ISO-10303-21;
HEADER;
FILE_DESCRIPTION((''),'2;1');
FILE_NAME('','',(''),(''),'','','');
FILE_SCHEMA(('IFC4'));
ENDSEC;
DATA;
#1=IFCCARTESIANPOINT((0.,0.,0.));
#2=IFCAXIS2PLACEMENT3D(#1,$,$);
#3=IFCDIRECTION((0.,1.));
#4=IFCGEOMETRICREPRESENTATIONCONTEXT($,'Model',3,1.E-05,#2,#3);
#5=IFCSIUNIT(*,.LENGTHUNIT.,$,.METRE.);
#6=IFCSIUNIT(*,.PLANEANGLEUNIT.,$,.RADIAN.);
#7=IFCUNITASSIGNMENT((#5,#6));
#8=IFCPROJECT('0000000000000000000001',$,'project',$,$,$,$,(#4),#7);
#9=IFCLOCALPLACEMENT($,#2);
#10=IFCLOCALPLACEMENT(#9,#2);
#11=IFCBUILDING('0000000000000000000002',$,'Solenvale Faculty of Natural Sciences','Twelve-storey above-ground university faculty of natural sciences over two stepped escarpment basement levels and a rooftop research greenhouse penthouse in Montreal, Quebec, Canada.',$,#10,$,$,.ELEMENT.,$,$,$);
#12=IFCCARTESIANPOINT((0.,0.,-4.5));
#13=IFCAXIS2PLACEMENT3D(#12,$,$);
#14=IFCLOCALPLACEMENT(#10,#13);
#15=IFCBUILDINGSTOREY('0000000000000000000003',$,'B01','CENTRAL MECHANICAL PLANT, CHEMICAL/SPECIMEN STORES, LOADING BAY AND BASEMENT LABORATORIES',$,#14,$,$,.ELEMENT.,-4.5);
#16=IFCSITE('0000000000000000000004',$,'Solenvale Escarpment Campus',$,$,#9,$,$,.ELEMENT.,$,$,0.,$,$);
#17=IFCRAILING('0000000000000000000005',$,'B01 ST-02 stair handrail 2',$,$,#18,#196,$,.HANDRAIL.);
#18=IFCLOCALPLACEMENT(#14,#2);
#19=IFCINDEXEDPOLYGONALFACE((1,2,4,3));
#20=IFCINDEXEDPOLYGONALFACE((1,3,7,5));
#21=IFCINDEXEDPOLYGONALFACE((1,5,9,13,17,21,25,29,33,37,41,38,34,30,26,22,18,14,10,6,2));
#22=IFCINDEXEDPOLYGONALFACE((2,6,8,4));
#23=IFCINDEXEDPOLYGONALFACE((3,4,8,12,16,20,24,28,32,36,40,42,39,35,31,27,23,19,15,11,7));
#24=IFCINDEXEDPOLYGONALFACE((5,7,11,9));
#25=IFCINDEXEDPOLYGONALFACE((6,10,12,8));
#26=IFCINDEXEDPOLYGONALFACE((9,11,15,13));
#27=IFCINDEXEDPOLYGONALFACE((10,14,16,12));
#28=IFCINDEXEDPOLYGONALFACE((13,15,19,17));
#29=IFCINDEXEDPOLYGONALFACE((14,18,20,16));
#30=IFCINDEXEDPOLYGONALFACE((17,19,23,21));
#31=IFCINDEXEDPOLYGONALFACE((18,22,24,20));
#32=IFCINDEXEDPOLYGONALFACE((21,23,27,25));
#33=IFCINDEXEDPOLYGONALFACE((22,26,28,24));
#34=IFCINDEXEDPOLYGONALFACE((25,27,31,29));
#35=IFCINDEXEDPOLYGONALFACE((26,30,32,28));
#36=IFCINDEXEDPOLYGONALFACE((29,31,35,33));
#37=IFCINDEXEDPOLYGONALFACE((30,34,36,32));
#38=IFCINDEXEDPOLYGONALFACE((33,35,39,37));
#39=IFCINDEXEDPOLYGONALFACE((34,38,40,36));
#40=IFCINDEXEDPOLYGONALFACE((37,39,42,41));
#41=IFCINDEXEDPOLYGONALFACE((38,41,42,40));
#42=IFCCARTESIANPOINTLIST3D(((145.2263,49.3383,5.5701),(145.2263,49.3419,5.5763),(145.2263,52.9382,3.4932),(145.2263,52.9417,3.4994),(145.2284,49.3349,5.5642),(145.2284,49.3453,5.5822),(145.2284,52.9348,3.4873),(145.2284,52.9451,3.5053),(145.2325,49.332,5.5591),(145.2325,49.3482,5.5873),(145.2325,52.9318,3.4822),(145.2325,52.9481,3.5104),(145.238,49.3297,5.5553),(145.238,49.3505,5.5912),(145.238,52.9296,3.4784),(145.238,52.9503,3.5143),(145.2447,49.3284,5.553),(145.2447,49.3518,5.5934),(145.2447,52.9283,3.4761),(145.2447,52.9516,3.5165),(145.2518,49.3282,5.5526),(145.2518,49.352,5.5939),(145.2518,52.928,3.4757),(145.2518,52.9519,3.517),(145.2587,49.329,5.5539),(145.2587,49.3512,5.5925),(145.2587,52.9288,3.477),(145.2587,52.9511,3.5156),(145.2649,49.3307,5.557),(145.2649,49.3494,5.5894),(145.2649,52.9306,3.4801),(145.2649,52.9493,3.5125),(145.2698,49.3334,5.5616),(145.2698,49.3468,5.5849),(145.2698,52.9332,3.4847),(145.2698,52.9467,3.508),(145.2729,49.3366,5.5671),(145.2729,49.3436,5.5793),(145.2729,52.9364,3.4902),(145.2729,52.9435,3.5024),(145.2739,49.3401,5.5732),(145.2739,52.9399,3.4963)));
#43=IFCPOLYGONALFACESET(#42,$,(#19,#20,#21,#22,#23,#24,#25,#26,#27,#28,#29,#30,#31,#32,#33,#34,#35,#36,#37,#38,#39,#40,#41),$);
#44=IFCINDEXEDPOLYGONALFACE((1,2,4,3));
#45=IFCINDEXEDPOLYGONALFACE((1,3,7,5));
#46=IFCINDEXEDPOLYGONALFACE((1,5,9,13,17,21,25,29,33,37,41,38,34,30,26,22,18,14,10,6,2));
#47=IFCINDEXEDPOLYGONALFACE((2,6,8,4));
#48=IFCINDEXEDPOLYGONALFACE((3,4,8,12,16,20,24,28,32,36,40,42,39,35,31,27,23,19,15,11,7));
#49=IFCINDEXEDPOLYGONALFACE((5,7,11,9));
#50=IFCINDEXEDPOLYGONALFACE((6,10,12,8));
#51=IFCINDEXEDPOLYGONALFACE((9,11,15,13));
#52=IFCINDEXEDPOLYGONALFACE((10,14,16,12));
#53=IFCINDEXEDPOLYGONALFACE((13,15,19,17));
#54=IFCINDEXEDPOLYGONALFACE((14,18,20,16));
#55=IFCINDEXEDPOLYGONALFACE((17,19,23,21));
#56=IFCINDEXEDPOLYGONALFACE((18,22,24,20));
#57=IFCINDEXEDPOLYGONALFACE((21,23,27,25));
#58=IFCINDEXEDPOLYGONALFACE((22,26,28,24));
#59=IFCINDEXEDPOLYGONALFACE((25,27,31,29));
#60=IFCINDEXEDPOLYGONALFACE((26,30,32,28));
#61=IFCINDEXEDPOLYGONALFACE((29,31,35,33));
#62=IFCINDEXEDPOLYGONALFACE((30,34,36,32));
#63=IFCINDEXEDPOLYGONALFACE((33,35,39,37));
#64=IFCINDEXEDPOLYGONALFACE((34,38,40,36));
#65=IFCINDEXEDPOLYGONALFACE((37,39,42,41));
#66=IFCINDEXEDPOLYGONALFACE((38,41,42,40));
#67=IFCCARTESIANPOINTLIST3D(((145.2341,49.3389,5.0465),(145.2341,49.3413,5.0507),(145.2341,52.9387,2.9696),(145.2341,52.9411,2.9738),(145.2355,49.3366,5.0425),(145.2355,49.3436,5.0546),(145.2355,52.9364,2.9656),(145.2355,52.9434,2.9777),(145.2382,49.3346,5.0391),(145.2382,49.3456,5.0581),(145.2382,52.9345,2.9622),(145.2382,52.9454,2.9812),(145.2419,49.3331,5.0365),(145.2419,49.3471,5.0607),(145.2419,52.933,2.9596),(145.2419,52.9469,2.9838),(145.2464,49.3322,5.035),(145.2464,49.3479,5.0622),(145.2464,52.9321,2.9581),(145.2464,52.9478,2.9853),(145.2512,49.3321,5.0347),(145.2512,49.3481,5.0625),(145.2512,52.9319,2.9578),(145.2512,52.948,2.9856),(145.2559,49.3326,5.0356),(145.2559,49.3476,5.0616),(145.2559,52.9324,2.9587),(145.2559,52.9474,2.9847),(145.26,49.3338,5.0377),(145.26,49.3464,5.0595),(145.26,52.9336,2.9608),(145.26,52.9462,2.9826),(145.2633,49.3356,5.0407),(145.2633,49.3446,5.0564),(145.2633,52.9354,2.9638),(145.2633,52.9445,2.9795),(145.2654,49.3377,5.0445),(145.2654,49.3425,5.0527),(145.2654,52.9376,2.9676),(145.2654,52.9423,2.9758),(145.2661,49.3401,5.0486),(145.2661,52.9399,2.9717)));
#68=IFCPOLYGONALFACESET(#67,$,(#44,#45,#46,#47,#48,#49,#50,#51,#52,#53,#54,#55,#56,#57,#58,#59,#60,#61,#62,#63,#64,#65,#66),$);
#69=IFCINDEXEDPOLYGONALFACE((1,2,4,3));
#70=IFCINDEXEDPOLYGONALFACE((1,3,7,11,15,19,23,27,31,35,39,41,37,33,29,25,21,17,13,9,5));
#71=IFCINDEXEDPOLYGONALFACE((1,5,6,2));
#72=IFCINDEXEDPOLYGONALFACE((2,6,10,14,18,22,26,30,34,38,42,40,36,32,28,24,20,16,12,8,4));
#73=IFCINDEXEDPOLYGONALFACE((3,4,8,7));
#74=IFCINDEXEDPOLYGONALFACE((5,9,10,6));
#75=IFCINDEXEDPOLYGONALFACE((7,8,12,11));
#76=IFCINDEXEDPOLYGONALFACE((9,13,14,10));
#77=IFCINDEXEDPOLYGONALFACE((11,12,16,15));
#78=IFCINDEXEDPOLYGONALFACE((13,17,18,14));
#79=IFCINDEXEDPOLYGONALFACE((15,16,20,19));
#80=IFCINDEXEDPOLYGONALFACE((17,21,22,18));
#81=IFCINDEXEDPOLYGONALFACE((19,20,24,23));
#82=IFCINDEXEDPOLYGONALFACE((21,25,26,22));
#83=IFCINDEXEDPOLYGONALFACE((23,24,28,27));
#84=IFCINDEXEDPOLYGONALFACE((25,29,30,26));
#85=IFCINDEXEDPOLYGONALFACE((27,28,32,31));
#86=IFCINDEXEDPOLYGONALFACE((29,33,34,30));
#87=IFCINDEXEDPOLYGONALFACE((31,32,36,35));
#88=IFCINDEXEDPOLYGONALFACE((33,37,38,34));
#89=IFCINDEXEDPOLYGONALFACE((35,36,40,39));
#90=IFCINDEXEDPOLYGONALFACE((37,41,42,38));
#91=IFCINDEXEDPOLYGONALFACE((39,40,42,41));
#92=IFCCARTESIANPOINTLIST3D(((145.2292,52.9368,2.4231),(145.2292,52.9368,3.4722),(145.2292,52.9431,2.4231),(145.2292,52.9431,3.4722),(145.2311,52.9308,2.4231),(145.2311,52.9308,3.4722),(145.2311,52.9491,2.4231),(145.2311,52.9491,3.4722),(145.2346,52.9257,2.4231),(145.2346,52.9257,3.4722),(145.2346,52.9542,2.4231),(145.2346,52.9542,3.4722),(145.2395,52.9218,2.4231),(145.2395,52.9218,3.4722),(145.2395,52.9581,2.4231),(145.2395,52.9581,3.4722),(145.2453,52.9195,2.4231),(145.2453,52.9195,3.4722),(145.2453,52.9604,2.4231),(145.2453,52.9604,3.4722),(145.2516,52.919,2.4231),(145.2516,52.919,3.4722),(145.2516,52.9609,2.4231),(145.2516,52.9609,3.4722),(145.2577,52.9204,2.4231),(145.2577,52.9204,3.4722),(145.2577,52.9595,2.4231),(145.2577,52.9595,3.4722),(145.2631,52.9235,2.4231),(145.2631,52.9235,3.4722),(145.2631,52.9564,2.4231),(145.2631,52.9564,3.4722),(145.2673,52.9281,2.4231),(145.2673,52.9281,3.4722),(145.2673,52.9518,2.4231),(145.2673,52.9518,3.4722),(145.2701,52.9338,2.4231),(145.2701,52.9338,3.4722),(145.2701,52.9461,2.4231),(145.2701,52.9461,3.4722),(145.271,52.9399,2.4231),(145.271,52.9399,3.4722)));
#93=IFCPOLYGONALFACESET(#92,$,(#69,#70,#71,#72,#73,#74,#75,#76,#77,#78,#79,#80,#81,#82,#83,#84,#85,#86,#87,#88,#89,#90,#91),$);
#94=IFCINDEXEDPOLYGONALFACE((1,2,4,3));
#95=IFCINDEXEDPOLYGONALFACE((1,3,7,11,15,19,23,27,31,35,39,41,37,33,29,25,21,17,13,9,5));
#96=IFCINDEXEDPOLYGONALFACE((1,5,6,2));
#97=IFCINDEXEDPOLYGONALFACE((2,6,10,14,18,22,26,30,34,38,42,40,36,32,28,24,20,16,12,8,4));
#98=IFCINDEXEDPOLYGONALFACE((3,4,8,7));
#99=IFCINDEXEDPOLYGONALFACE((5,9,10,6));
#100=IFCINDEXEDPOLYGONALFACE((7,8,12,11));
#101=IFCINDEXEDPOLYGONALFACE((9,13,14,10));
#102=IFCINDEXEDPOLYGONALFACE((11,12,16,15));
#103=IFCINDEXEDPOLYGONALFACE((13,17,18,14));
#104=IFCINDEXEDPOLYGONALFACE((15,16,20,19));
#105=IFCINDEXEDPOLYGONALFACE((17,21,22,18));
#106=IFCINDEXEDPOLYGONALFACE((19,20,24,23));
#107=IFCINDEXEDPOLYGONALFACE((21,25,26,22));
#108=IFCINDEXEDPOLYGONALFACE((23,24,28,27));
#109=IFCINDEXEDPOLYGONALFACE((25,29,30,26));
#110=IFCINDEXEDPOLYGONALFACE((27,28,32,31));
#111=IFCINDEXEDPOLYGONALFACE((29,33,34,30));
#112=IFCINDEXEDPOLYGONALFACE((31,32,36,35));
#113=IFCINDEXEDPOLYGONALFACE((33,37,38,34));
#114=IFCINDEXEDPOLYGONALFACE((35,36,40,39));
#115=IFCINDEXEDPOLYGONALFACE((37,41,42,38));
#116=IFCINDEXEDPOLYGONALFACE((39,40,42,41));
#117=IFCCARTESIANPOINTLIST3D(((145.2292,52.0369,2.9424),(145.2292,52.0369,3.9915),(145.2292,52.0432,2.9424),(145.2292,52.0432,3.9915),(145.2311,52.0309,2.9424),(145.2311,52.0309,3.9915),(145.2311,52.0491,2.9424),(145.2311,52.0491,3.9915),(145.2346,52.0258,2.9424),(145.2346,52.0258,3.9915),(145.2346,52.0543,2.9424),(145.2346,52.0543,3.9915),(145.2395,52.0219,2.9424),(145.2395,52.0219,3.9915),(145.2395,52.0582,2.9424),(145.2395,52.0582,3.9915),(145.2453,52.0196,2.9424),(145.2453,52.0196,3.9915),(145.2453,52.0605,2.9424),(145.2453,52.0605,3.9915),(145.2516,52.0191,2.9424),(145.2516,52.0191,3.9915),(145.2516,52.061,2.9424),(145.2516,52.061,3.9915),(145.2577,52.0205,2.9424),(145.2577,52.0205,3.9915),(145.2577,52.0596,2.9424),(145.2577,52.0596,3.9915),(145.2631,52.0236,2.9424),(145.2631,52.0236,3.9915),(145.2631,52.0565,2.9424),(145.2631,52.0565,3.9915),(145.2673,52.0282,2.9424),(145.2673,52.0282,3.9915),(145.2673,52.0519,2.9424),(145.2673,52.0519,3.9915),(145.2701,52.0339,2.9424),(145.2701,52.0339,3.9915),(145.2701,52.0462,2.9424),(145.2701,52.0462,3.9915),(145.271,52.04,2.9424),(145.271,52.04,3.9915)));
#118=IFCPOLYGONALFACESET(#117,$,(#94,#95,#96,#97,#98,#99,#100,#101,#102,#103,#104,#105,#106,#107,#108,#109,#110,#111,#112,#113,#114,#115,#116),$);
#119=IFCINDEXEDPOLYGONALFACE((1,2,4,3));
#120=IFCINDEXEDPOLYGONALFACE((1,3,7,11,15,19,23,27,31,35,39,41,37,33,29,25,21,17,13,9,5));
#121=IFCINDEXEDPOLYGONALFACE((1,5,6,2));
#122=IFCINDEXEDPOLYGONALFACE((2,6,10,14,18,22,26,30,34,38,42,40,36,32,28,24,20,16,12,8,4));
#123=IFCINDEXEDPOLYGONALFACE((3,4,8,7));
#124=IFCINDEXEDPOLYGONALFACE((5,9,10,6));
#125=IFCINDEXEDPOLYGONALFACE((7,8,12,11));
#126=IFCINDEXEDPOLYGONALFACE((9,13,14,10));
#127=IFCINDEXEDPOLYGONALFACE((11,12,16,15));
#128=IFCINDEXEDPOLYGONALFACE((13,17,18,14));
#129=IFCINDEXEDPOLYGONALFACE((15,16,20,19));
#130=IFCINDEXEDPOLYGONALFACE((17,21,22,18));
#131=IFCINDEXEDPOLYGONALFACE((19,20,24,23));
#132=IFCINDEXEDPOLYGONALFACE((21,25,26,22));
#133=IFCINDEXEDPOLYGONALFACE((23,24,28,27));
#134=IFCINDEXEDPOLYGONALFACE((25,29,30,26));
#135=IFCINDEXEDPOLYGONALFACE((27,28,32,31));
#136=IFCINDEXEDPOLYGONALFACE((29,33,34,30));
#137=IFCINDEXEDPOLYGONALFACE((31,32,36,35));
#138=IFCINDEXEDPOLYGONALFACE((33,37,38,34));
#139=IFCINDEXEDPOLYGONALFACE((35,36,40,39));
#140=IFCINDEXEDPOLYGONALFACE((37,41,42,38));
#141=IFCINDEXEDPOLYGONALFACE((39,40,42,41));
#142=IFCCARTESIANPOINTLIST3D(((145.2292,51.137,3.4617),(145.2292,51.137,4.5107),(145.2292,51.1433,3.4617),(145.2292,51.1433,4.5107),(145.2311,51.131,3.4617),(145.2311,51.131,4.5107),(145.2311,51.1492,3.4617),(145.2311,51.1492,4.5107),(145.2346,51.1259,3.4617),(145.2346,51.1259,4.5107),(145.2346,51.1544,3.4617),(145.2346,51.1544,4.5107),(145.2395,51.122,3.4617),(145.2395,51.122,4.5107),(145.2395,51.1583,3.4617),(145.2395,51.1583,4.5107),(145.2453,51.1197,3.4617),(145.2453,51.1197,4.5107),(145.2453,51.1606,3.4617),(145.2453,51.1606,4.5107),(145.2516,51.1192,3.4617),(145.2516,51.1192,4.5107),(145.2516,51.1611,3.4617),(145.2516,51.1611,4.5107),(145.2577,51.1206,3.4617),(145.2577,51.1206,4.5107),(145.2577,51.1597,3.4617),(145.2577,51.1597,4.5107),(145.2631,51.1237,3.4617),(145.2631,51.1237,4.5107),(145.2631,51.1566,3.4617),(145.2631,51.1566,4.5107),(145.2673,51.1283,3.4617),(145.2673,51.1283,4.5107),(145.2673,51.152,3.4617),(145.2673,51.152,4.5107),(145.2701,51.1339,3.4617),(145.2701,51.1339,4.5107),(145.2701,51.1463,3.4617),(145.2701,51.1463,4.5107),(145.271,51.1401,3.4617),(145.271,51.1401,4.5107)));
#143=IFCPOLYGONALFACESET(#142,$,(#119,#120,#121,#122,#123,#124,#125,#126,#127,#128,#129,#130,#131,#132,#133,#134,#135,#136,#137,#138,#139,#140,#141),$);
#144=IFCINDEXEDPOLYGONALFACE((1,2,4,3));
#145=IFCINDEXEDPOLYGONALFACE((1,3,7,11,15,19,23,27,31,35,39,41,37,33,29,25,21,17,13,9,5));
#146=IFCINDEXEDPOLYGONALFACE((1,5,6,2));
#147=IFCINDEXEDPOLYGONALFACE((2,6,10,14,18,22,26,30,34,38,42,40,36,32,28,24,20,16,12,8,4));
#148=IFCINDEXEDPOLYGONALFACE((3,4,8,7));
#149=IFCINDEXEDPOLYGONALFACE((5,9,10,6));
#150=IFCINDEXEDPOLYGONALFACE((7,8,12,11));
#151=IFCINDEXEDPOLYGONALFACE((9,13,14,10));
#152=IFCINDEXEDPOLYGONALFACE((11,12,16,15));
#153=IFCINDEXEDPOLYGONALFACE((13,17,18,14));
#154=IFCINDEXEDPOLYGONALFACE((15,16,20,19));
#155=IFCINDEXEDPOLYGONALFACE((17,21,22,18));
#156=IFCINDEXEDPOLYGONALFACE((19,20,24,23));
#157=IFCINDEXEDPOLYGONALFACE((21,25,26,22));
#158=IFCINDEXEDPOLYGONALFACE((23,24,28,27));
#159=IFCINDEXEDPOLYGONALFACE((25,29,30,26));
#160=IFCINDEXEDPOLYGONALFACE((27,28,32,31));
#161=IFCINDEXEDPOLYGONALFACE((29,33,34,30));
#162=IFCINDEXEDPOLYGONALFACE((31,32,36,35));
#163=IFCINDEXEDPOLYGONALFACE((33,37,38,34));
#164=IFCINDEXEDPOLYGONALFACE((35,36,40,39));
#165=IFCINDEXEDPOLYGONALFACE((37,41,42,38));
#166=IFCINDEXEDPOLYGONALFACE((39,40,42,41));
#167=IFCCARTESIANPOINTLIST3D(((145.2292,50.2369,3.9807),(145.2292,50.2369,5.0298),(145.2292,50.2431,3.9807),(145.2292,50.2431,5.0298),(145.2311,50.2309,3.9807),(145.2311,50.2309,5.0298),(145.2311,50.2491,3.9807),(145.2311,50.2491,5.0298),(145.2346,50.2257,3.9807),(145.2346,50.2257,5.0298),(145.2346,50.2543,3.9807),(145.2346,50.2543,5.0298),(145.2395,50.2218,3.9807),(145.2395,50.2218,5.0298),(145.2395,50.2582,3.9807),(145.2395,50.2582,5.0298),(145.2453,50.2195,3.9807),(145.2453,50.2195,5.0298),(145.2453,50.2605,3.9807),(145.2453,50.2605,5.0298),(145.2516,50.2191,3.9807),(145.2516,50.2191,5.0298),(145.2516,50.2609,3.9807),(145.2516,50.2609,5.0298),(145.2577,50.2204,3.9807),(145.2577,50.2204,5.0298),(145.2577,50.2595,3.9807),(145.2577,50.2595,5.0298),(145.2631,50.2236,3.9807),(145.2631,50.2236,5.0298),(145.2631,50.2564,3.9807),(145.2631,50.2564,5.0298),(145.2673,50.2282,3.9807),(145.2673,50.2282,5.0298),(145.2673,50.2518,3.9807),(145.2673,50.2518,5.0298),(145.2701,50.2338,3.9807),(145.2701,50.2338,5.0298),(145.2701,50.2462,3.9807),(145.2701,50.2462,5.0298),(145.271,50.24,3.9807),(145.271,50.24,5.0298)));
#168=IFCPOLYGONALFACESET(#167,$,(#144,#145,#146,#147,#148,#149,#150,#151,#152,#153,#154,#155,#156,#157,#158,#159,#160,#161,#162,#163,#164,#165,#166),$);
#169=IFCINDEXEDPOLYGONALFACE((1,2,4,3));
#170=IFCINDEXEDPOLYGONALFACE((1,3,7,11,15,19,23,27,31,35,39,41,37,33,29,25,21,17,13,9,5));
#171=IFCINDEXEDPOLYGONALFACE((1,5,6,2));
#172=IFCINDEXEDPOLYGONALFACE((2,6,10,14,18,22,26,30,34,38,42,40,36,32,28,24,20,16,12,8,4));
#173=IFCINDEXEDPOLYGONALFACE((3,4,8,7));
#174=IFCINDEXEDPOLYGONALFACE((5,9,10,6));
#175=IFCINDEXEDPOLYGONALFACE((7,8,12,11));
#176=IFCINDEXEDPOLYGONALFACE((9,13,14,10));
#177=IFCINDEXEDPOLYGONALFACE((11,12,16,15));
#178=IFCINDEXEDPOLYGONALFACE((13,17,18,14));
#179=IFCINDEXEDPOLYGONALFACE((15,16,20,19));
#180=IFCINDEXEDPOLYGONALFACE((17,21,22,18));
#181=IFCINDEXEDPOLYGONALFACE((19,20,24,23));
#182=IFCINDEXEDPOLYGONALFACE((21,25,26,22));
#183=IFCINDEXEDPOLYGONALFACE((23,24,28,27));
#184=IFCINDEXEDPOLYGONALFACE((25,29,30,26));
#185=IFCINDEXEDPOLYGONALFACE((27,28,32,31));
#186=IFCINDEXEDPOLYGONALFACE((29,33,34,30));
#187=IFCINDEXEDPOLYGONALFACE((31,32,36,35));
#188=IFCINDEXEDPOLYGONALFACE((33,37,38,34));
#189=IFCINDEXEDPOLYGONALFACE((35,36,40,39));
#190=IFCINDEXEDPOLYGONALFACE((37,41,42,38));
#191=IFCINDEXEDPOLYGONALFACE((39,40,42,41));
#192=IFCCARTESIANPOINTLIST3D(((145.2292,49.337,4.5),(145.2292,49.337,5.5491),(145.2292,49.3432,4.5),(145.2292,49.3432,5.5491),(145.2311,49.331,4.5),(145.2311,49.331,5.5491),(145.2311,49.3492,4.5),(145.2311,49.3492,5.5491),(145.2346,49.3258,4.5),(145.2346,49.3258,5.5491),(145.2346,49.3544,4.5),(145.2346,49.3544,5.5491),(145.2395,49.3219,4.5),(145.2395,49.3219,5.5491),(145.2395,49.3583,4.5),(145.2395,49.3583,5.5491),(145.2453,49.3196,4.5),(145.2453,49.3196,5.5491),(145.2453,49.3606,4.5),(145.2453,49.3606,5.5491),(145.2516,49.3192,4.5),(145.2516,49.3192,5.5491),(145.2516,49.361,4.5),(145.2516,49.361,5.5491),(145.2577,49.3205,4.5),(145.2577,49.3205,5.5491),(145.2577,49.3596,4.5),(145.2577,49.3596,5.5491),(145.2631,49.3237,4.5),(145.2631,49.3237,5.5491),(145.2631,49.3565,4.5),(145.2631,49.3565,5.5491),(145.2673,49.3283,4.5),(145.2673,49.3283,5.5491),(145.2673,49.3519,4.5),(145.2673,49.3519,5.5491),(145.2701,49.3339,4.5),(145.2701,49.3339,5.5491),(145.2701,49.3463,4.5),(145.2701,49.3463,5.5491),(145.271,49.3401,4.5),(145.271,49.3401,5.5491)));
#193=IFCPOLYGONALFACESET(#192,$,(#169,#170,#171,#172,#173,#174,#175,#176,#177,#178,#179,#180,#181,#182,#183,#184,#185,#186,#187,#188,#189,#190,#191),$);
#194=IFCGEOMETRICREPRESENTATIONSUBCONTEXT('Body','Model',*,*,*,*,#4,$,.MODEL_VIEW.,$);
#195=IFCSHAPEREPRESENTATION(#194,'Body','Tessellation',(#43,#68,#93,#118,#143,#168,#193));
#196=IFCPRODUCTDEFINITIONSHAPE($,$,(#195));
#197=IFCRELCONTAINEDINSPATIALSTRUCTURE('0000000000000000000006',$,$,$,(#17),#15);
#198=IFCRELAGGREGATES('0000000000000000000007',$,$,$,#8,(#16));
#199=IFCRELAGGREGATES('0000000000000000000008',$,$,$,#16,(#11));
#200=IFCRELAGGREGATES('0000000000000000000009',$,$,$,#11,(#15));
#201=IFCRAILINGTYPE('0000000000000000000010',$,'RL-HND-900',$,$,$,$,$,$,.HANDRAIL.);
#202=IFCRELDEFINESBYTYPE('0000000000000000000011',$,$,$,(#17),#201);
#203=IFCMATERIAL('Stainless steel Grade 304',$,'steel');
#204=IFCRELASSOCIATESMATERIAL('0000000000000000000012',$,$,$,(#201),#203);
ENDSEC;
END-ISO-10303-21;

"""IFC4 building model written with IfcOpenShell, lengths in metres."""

from ifc_helpers import new_model, si_unit, direction, frame, origin, origin_2d, place, context, subcontext, project, spatial, circle, extrude, material, type_object, element, save


model = new_model("IFC4")

# Units and contexts
model_context = context("Model", 3, precision=1e-05, world=origin(), true_north=direction((0.0, 1.0)))
body_context = subcontext(model_context, "Body", "Model", "MODEL_VIEW")
ifc_project = project(units=[si_unit("LENGTHUNIT", "METRE"), si_unit("PLANEANGLEUNIT", "RADIAN")], contexts=[model_context])

# Site, building, storey
site_placement = place(None, origin())
site = spatial("IfcSite", under=ifc_project, at=site_placement, Name="Solenvale Escarpment Campus", CompositionType="ELEMENT", RefElevation=0.0)
building_placement = place(site_placement, origin())
building = spatial("IfcBuilding", under=site, at=building_placement, Name="Solenvale Faculty of Natural Sciences", Description="Twelve-storey above-ground university faculty of natural sciences over two stepped escarpment basement levels and a rooftop research greenhouse penthouse in Montreal, Quebec, Canada.", CompositionType="ELEMENT")
storey_placement = place(building_placement, frame((0.0, 0.0, -4.5)))
storey = spatial("IfcBuildingStorey", under=building, at=storey_placement, Name="B01", Description="CENTRAL MECHANICAL PLANT, CHEMICAL/SPECIMEN STORES, LOADING BAY AND BASEMENT LABORATORIES", CompositionType="ELEMENT", Elevation=-4.5)

# Railing
ifc_material_1 = material(Name="Stainless steel Grade 304", Category="steel")
railing_type_1 = type_object("IfcRailingType", Name="RL-HND-900", PredefinedType="HANDRAIL", material=ifc_material_1)
railing_1_placement = place(storey_placement, frame((145.25, 52.9399, 2.4231)))
element("IfcRailing", 1, at=railing_1_placement, inside=storey, type_object=railing_type_1, Name="B01 ST-02 stair handrail 2", PredefinedType="HANDRAIL", context=body_context, shape_type="SweptSolid", body=[
    extrude(circle(Radius=0.0239, at=origin_2d()), frame((0.0, 0.0, 1.0732), z_axis=(0.0, -0.866179, 0.499734), x_axis=(1.0, 0.0, 0.0)), (0.0, 0.0, 1.0), 4.156),
    extrude(circle(Radius=0.0161, at=origin_2d()), frame((0.0, 0.0, 0.5486), z_axis=(0.0, -0.866179, 0.499734), x_axis=(1.0, 0.0, 0.0)), (0.0, 0.0, 1.0), 4.156),
    extrude(circle(Radius=0.021, at=origin_2d()), origin(), (0.0, 0.0, 1.0), 1.0491),
    extrude(circle(Radius=0.021, at=origin_2d()), frame((0.0, -0.8999, 0.5193)), (0.0, 0.0, 1.0), 1.0491),
    extrude(circle(Radius=0.021, at=origin_2d()), frame((0.0, -1.7998, 1.0386)), (0.0, 0.0, 1.0), 1.0491),
    extrude(circle(Radius=0.021, at=origin_2d()), frame((0.0, -2.7, 1.5576)), (0.0, 0.0, 1.0), 1.0491),
    extrude(circle(Radius=0.021, at=origin_2d()), frame((0.0, -3.5999, 2.0769)), (0.0, 0.0, 1.0), 1.0491),
])

save(model, "model.ifc")
